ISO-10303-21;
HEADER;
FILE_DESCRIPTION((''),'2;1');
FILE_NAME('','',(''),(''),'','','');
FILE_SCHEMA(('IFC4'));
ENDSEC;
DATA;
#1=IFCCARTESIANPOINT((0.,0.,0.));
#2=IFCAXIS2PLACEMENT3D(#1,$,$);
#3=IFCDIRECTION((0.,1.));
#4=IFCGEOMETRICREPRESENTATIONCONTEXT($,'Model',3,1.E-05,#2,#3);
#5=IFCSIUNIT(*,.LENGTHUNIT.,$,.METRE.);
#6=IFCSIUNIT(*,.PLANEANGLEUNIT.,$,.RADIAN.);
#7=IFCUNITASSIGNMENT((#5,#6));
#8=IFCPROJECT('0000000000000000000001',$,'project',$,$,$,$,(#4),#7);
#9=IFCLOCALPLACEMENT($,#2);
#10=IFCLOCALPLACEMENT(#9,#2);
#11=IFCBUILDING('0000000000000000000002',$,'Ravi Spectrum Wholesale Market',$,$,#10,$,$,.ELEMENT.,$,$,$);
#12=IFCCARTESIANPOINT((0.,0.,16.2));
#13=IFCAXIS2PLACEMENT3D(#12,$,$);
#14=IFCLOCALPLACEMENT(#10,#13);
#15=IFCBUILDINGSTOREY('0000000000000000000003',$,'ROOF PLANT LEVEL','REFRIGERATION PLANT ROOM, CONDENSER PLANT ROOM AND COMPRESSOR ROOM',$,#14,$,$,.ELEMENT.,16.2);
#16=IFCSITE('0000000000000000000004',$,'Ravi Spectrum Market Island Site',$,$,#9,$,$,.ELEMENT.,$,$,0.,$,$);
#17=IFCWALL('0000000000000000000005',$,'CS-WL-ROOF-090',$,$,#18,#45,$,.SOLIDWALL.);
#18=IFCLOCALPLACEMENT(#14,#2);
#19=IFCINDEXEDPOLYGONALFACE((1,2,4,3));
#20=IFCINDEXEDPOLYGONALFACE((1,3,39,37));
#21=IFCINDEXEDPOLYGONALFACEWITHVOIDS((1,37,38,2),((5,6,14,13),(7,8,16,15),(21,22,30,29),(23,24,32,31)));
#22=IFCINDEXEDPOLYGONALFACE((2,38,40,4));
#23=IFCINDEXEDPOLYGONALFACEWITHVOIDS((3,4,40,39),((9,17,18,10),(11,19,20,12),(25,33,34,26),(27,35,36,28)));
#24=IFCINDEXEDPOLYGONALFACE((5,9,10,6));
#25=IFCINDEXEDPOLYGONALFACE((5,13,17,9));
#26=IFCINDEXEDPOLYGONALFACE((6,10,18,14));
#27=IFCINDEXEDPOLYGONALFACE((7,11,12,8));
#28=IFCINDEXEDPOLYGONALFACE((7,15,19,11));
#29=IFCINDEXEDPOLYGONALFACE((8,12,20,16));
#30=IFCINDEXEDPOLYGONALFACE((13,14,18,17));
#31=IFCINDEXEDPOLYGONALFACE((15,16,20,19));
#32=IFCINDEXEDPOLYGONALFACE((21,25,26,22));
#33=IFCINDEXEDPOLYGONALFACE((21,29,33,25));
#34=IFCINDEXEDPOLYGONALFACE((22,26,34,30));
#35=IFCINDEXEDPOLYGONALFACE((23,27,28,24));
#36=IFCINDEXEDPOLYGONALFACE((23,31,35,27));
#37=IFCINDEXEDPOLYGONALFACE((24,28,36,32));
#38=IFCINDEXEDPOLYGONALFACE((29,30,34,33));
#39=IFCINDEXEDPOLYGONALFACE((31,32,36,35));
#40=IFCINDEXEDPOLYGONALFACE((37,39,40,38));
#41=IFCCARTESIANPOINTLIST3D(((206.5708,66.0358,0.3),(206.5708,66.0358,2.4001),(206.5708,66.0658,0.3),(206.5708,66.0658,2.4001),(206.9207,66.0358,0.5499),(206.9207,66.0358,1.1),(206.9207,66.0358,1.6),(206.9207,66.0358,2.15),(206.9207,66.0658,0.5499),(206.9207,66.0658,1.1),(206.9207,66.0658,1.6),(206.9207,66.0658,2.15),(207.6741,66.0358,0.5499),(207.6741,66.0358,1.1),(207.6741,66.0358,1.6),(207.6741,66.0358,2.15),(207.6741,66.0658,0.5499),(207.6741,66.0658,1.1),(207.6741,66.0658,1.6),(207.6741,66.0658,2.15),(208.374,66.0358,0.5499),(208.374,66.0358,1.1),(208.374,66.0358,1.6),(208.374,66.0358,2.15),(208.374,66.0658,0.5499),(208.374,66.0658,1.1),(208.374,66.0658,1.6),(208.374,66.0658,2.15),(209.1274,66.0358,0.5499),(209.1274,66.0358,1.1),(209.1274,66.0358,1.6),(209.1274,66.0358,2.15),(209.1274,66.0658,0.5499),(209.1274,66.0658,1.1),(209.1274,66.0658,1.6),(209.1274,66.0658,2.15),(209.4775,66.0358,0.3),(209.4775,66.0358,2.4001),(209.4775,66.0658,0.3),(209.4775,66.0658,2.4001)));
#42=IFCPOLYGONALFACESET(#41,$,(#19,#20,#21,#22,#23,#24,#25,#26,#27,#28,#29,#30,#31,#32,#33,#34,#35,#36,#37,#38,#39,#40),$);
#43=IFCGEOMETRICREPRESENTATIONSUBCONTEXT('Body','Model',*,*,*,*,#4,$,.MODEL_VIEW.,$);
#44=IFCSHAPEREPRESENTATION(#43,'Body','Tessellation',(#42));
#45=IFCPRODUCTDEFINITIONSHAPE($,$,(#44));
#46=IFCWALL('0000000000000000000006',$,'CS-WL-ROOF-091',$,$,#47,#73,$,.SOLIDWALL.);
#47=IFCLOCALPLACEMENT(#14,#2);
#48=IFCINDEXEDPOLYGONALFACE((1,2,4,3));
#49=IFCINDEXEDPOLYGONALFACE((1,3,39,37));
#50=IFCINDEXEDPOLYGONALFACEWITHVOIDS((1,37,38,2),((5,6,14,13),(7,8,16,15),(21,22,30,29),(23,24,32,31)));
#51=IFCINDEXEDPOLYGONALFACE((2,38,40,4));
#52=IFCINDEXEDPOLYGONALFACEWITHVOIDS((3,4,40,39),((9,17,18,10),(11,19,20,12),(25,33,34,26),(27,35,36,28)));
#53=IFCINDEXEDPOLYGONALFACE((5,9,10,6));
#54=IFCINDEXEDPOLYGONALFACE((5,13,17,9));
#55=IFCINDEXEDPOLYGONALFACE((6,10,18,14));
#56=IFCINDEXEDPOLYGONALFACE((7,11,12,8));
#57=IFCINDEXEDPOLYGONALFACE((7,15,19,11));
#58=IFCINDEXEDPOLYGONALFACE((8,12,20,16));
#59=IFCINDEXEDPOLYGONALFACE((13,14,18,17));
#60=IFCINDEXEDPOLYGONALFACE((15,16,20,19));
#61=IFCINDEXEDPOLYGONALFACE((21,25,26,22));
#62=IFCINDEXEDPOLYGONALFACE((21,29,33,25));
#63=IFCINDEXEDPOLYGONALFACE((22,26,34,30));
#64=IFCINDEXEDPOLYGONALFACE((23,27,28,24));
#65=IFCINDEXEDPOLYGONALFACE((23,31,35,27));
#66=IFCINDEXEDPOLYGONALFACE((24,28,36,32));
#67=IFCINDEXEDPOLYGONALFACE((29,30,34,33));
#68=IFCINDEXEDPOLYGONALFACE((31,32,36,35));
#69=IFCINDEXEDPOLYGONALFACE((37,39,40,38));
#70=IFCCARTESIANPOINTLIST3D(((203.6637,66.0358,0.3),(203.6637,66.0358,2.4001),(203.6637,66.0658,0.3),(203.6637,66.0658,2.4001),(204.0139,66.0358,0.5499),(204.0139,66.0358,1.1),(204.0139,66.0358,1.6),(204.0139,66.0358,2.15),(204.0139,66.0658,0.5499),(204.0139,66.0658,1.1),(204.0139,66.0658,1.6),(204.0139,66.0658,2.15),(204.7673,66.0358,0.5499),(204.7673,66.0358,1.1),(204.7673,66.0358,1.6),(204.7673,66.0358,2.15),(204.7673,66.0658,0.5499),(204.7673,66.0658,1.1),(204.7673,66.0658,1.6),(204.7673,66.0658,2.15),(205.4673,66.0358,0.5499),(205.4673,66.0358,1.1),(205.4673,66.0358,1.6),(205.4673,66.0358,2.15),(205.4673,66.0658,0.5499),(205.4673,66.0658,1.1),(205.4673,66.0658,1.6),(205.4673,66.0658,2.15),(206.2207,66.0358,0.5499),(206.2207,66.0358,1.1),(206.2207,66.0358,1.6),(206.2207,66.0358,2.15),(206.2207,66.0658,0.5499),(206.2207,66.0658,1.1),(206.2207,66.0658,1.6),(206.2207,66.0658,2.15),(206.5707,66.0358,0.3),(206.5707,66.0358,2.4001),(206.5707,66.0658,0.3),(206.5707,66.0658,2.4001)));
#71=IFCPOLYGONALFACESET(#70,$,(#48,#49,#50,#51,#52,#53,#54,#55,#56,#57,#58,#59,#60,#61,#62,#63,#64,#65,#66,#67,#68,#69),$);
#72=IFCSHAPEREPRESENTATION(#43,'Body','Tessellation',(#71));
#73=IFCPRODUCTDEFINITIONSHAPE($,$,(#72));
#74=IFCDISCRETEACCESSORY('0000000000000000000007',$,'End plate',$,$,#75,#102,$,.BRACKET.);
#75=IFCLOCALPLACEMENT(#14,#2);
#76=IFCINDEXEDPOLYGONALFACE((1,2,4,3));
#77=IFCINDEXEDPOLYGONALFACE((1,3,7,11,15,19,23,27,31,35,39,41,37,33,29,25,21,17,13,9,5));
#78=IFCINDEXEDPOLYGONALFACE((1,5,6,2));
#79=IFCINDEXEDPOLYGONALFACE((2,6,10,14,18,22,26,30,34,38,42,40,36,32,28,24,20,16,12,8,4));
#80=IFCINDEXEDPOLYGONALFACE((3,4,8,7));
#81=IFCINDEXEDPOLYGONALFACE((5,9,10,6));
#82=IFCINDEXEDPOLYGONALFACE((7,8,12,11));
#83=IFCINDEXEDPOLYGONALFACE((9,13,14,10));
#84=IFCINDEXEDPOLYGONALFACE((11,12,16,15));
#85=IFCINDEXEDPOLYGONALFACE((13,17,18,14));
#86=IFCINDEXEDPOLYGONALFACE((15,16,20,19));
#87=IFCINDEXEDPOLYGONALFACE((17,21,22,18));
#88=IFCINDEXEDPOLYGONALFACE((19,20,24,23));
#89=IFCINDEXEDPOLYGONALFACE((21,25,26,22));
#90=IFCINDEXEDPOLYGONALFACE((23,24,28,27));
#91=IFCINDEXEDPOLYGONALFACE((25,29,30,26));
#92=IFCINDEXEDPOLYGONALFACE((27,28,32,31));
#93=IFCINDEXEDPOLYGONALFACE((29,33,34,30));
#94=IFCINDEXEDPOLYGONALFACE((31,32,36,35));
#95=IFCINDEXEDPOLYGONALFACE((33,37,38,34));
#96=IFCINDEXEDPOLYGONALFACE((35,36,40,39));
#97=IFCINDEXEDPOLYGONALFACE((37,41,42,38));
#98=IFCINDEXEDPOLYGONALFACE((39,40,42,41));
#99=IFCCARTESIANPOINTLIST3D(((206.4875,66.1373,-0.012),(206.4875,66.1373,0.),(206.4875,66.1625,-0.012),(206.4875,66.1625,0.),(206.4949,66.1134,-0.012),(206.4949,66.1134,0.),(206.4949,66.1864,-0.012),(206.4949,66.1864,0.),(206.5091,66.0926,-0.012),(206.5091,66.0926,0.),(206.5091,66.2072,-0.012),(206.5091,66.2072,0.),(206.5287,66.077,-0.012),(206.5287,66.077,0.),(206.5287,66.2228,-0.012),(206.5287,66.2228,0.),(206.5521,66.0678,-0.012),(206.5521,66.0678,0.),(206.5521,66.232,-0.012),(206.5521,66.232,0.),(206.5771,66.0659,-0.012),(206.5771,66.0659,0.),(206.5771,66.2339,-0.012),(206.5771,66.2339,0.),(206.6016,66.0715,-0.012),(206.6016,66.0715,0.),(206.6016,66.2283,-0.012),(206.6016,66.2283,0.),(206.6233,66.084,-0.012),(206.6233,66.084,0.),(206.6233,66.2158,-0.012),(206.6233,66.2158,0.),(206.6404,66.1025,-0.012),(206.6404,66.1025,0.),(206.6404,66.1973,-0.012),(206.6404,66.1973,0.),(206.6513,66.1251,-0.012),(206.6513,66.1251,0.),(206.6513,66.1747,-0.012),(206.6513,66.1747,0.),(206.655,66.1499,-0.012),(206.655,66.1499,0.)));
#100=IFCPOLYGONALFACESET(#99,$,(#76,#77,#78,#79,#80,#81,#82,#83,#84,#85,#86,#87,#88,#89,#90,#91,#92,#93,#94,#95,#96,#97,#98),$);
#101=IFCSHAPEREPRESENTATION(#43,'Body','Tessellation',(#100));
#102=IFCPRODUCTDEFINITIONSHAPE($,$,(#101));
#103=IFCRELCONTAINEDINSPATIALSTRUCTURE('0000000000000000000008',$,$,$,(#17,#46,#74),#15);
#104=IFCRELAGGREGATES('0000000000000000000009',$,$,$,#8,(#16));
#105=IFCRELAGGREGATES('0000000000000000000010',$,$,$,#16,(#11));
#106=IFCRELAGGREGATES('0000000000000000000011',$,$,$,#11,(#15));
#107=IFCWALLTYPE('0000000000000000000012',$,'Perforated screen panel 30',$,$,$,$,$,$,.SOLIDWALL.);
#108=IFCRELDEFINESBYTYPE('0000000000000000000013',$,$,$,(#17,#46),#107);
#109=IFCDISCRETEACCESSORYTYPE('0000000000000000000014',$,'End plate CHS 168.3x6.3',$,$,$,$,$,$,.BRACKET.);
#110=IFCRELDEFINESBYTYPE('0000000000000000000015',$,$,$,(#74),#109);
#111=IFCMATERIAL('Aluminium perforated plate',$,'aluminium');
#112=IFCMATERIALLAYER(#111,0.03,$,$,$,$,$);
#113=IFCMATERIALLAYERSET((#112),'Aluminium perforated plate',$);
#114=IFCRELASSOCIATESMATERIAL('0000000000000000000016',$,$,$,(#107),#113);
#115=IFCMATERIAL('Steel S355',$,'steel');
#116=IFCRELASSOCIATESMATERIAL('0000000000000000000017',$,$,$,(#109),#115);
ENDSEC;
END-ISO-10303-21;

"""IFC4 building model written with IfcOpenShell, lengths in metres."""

from ifc_helpers import new_model, si_unit, direction, frame, frame_2d, origin, origin_2d, place, context, subcontext, project, spatial, rectangle, circle, extrude, material, layer, layer_set, material_profile, profile_set, type_object, element, save


model = new_model("IFC4")

# Units and contexts
model_context = context("Model", 3, precision=1e-05, world=origin(), true_north=direction((0.0, 1.0)))
body_context = subcontext(model_context, "Body", "Model", "MODEL_VIEW")
ifc_project = project(units=[si_unit("LENGTHUNIT", "METRE"), si_unit("PLANEANGLEUNIT", "RADIAN")], contexts=[model_context])

# Site, building, storey
site_placement = place(None, origin())
site = spatial("IfcSite", under=ifc_project, at=site_placement, Name="Ravi Spectrum Market Island Site", CompositionType="ELEMENT", RefElevation=0.0)
building_placement = place(site_placement, origin())
building = spatial("IfcBuilding", under=site, at=building_placement, Name="Ravi Spectrum Wholesale Market", CompositionType="ELEMENT")
storey_placement = place(building_placement, frame((0.0, 0.0, 16.2)))
storey = spatial("IfcBuildingStorey", under=building, at=storey_placement, Name="ROOF PLANT LEVEL", Description="REFRIGERATION PLANT ROOM, CONDENSER PLANT ROOM AND COMPRESSOR ROOM", CompositionType="ELEMENT", Elevation=16.2)

# Walls, openings
ifc_material_1 = material(Name="Aluminium perforated plate", Category="aluminium")
ifc_layer = layer(ifc_material_1, 0.03)
ifc_layer_set = layer_set([ifc_layer], Name="Aluminium perforated plate")
wall_type = type_object("IfcWallType", Name="Perforated screen panel 30", PredefinedType="SOLIDWALL", material=ifc_layer_set)
wall_1_placement = place(storey_placement, frame((209.4775, 66.0508, 0.3), z_axis=(0.0, 0.0, 1.0), x_axis=(-1.0, 0.0, 0.0)))
wall_1 = element("IfcWall", 1, at=wall_1_placement, inside=storey, type_object=wall_type, Name="CS-WL-ROOF-090", PredefinedType="SOLIDWALL", context=body_context, shape_type="SweptSolid", body=[
    extrude(rectangle(XDim=2.9067, YDim=0.03, at=frame_2d((1.4534, 0.0))), origin(), (0.0, 0.0, 1.0), 2.1001),
])
opening_1_placement = place(wall_1_placement, frame((0.3501, 0.0, 0.25)))
element("IfcOpeningElement", 2, at=opening_1_placement, cuts=wall_1, PredefinedType="OPENING", context=body_context, shape_type="SweptSolid", body=[
    extrude(rectangle(XDim=0.7534, YDim=0.55, at=frame_2d((0.3767, 0.2749))), frame((0.0, 0.0249, 0.0), z_axis=(0.0, -1.0, 0.0), x_axis=(1.0, 0.0, 0.0)), (0.0, 0.0, 1.0), 0.05),
])
opening_2_placement = place(wall_1_placement, frame((0.3501, 0.0, 1.3)))
element("IfcOpeningElement", 3, at=opening_2_placement, cuts=wall_1, PredefinedType="OPENING", context=body_context, shape_type="SweptSolid", body=[
    extrude(rectangle(XDim=0.7534, YDim=0.55, at=frame_2d((0.3767, 0.2749))), frame((0.0, 0.0249, 0.0), z_axis=(0.0, -1.0, 0.0), x_axis=(1.0, 0.0, 0.0)), (0.0, 0.0, 1.0), 0.05),
])
opening_3_placement = place(wall_1_placement, frame((1.8035, 0.0, 0.25)))
element("IfcOpeningElement", 4, at=opening_3_placement, cuts=wall_1, PredefinedType="OPENING", context=body_context, shape_type="SweptSolid", body=[
    extrude(rectangle(XDim=0.7534, YDim=0.55, at=frame_2d((0.3767, 0.2749))), frame((0.0, 0.0249, 0.0), z_axis=(0.0, -1.0, 0.0), x_axis=(1.0, 0.0, 0.0)), (0.0, 0.0, 1.0), 0.05),
])
opening_4_placement = place(wall_1_placement, frame((1.8035, 0.0, 1.3)))
element("IfcOpeningElement", 5, at=opening_4_placement, cuts=wall_1, PredefinedType="OPENING", context=body_context, shape_type="SweptSolid", body=[
    extrude(rectangle(XDim=0.7534, YDim=0.55, at=frame_2d((0.3767, 0.2749))), frame((0.0, 0.0249, 0.0), z_axis=(0.0, -1.0, 0.0), x_axis=(1.0, 0.0, 0.0)), (0.0, 0.0, 1.0), 0.05),
])
wall_2_placement = place(storey_placement, frame((206.5708, 66.0508, 0.3), z_axis=(0.0, 0.0, 1.0), x_axis=(-1.0, 0.0, 0.0)))
wall_2 = element("IfcWall", 6, at=wall_2_placement, inside=storey, type_object=wall_type, Name="CS-WL-ROOF-091", PredefinedType="SOLIDWALL", context=body_context, shape_type="SweptSolid", body=[
    extrude(rectangle(XDim=2.907, YDim=0.03, at=frame_2d((1.4536, 0.0))), origin(), (0.0, 0.0, 1.0), 2.1001),
])
opening_5_placement = place(wall_2_placement, frame((0.3501, 0.0, 0.25)))
element("IfcOpeningElement", 7, at=opening_5_placement, cuts=wall_2, PredefinedType="OPENING", context=body_context, shape_type="SweptSolid", body=[
    extrude(rectangle(XDim=0.7534, YDim=0.55, at=frame_2d((0.3767, 0.2749))), frame((0.0, 0.0249, 0.0), z_axis=(0.0, -1.0, 0.0), x_axis=(1.0, 0.0, 0.0)), (0.0, 0.0, 1.0), 0.05),
])
opening_6_placement = place(wall_2_placement, frame((0.3501, 0.0, 1.3)))
element("IfcOpeningElement", 8, at=opening_6_placement, cuts=wall_2, PredefinedType="OPENING", context=body_context, shape_type="SweptSolid", body=[
    extrude(rectangle(XDim=0.7534, YDim=0.55, at=frame_2d((0.3767, 0.2749))), frame((0.0, 0.0249, 0.0), z_axis=(0.0, -1.0, 0.0), x_axis=(1.0, 0.0, 0.0)), (0.0, 0.0, 1.0), 0.05),
])
opening_7_placement = place(wall_2_placement, frame((1.8035, 0.0, 0.25)))
element("IfcOpeningElement", 9, at=opening_7_placement, cuts=wall_2, PredefinedType="OPENING", context=body_context, shape_type="SweptSolid", body=[
    extrude(rectangle(XDim=0.7534, YDim=0.55, at=frame_2d((0.3767, 0.2749))), frame((0.0, 0.0249, 0.0), z_axis=(0.0, -1.0, 0.0), x_axis=(1.0, 0.0, 0.0)), (0.0, 0.0, 1.0), 0.05),
])
opening_8_placement = place(wall_2_placement, frame((1.8035, 0.0, 1.3)))
element("IfcOpeningElement", 10, at=opening_8_placement, cuts=wall_2, PredefinedType="OPENING", context=body_context, shape_type="SweptSolid", body=[
    extrude(rectangle(XDim=0.7534, YDim=0.55, at=frame_2d((0.3767, 0.2749))), frame((0.0, 0.0249, 0.0), z_axis=(0.0, -1.0, 0.0), x_axis=(1.0, 0.0, 0.0)), (0.0, 0.0, 1.0), 0.05),
])

# Discrete accessory
ifc_material_2 = material(Name="Steel S355", Category="steel")
ifc_material_profile_1 = material_profile(ifc_material_2, circle(Radius=0.0842, at=origin_2d()))
ifc_profile_set_1 = profile_set([ifc_material_profile_1], Name="Steel S355")
discrete_accessory_type = type_object("IfcDiscreteAccessoryType", Name="End plate CHS 168.3x6.3", PredefinedType="BRACKET", material=ifc_profile_set_1)
discrete_accessory_placement = place(storey_placement, frame((206.5708, 66.1499, 0.0), z_axis=(0.0, 0.0, -1.0), x_axis=(1.0, 0.0, 0.0)))
element("IfcDiscreteAccessory", 11, at=discrete_accessory_placement, inside=storey, type_object=discrete_accessory_type, Name="End plate", PredefinedType="BRACKET", context=body_context, shape_type="SweptSolid", body=[
    extrude(circle(Radius=0.0842, at=origin_2d()), origin(), (0.0, 0.0, 1.0), 0.012),
])

save(model, "model.ifc")
